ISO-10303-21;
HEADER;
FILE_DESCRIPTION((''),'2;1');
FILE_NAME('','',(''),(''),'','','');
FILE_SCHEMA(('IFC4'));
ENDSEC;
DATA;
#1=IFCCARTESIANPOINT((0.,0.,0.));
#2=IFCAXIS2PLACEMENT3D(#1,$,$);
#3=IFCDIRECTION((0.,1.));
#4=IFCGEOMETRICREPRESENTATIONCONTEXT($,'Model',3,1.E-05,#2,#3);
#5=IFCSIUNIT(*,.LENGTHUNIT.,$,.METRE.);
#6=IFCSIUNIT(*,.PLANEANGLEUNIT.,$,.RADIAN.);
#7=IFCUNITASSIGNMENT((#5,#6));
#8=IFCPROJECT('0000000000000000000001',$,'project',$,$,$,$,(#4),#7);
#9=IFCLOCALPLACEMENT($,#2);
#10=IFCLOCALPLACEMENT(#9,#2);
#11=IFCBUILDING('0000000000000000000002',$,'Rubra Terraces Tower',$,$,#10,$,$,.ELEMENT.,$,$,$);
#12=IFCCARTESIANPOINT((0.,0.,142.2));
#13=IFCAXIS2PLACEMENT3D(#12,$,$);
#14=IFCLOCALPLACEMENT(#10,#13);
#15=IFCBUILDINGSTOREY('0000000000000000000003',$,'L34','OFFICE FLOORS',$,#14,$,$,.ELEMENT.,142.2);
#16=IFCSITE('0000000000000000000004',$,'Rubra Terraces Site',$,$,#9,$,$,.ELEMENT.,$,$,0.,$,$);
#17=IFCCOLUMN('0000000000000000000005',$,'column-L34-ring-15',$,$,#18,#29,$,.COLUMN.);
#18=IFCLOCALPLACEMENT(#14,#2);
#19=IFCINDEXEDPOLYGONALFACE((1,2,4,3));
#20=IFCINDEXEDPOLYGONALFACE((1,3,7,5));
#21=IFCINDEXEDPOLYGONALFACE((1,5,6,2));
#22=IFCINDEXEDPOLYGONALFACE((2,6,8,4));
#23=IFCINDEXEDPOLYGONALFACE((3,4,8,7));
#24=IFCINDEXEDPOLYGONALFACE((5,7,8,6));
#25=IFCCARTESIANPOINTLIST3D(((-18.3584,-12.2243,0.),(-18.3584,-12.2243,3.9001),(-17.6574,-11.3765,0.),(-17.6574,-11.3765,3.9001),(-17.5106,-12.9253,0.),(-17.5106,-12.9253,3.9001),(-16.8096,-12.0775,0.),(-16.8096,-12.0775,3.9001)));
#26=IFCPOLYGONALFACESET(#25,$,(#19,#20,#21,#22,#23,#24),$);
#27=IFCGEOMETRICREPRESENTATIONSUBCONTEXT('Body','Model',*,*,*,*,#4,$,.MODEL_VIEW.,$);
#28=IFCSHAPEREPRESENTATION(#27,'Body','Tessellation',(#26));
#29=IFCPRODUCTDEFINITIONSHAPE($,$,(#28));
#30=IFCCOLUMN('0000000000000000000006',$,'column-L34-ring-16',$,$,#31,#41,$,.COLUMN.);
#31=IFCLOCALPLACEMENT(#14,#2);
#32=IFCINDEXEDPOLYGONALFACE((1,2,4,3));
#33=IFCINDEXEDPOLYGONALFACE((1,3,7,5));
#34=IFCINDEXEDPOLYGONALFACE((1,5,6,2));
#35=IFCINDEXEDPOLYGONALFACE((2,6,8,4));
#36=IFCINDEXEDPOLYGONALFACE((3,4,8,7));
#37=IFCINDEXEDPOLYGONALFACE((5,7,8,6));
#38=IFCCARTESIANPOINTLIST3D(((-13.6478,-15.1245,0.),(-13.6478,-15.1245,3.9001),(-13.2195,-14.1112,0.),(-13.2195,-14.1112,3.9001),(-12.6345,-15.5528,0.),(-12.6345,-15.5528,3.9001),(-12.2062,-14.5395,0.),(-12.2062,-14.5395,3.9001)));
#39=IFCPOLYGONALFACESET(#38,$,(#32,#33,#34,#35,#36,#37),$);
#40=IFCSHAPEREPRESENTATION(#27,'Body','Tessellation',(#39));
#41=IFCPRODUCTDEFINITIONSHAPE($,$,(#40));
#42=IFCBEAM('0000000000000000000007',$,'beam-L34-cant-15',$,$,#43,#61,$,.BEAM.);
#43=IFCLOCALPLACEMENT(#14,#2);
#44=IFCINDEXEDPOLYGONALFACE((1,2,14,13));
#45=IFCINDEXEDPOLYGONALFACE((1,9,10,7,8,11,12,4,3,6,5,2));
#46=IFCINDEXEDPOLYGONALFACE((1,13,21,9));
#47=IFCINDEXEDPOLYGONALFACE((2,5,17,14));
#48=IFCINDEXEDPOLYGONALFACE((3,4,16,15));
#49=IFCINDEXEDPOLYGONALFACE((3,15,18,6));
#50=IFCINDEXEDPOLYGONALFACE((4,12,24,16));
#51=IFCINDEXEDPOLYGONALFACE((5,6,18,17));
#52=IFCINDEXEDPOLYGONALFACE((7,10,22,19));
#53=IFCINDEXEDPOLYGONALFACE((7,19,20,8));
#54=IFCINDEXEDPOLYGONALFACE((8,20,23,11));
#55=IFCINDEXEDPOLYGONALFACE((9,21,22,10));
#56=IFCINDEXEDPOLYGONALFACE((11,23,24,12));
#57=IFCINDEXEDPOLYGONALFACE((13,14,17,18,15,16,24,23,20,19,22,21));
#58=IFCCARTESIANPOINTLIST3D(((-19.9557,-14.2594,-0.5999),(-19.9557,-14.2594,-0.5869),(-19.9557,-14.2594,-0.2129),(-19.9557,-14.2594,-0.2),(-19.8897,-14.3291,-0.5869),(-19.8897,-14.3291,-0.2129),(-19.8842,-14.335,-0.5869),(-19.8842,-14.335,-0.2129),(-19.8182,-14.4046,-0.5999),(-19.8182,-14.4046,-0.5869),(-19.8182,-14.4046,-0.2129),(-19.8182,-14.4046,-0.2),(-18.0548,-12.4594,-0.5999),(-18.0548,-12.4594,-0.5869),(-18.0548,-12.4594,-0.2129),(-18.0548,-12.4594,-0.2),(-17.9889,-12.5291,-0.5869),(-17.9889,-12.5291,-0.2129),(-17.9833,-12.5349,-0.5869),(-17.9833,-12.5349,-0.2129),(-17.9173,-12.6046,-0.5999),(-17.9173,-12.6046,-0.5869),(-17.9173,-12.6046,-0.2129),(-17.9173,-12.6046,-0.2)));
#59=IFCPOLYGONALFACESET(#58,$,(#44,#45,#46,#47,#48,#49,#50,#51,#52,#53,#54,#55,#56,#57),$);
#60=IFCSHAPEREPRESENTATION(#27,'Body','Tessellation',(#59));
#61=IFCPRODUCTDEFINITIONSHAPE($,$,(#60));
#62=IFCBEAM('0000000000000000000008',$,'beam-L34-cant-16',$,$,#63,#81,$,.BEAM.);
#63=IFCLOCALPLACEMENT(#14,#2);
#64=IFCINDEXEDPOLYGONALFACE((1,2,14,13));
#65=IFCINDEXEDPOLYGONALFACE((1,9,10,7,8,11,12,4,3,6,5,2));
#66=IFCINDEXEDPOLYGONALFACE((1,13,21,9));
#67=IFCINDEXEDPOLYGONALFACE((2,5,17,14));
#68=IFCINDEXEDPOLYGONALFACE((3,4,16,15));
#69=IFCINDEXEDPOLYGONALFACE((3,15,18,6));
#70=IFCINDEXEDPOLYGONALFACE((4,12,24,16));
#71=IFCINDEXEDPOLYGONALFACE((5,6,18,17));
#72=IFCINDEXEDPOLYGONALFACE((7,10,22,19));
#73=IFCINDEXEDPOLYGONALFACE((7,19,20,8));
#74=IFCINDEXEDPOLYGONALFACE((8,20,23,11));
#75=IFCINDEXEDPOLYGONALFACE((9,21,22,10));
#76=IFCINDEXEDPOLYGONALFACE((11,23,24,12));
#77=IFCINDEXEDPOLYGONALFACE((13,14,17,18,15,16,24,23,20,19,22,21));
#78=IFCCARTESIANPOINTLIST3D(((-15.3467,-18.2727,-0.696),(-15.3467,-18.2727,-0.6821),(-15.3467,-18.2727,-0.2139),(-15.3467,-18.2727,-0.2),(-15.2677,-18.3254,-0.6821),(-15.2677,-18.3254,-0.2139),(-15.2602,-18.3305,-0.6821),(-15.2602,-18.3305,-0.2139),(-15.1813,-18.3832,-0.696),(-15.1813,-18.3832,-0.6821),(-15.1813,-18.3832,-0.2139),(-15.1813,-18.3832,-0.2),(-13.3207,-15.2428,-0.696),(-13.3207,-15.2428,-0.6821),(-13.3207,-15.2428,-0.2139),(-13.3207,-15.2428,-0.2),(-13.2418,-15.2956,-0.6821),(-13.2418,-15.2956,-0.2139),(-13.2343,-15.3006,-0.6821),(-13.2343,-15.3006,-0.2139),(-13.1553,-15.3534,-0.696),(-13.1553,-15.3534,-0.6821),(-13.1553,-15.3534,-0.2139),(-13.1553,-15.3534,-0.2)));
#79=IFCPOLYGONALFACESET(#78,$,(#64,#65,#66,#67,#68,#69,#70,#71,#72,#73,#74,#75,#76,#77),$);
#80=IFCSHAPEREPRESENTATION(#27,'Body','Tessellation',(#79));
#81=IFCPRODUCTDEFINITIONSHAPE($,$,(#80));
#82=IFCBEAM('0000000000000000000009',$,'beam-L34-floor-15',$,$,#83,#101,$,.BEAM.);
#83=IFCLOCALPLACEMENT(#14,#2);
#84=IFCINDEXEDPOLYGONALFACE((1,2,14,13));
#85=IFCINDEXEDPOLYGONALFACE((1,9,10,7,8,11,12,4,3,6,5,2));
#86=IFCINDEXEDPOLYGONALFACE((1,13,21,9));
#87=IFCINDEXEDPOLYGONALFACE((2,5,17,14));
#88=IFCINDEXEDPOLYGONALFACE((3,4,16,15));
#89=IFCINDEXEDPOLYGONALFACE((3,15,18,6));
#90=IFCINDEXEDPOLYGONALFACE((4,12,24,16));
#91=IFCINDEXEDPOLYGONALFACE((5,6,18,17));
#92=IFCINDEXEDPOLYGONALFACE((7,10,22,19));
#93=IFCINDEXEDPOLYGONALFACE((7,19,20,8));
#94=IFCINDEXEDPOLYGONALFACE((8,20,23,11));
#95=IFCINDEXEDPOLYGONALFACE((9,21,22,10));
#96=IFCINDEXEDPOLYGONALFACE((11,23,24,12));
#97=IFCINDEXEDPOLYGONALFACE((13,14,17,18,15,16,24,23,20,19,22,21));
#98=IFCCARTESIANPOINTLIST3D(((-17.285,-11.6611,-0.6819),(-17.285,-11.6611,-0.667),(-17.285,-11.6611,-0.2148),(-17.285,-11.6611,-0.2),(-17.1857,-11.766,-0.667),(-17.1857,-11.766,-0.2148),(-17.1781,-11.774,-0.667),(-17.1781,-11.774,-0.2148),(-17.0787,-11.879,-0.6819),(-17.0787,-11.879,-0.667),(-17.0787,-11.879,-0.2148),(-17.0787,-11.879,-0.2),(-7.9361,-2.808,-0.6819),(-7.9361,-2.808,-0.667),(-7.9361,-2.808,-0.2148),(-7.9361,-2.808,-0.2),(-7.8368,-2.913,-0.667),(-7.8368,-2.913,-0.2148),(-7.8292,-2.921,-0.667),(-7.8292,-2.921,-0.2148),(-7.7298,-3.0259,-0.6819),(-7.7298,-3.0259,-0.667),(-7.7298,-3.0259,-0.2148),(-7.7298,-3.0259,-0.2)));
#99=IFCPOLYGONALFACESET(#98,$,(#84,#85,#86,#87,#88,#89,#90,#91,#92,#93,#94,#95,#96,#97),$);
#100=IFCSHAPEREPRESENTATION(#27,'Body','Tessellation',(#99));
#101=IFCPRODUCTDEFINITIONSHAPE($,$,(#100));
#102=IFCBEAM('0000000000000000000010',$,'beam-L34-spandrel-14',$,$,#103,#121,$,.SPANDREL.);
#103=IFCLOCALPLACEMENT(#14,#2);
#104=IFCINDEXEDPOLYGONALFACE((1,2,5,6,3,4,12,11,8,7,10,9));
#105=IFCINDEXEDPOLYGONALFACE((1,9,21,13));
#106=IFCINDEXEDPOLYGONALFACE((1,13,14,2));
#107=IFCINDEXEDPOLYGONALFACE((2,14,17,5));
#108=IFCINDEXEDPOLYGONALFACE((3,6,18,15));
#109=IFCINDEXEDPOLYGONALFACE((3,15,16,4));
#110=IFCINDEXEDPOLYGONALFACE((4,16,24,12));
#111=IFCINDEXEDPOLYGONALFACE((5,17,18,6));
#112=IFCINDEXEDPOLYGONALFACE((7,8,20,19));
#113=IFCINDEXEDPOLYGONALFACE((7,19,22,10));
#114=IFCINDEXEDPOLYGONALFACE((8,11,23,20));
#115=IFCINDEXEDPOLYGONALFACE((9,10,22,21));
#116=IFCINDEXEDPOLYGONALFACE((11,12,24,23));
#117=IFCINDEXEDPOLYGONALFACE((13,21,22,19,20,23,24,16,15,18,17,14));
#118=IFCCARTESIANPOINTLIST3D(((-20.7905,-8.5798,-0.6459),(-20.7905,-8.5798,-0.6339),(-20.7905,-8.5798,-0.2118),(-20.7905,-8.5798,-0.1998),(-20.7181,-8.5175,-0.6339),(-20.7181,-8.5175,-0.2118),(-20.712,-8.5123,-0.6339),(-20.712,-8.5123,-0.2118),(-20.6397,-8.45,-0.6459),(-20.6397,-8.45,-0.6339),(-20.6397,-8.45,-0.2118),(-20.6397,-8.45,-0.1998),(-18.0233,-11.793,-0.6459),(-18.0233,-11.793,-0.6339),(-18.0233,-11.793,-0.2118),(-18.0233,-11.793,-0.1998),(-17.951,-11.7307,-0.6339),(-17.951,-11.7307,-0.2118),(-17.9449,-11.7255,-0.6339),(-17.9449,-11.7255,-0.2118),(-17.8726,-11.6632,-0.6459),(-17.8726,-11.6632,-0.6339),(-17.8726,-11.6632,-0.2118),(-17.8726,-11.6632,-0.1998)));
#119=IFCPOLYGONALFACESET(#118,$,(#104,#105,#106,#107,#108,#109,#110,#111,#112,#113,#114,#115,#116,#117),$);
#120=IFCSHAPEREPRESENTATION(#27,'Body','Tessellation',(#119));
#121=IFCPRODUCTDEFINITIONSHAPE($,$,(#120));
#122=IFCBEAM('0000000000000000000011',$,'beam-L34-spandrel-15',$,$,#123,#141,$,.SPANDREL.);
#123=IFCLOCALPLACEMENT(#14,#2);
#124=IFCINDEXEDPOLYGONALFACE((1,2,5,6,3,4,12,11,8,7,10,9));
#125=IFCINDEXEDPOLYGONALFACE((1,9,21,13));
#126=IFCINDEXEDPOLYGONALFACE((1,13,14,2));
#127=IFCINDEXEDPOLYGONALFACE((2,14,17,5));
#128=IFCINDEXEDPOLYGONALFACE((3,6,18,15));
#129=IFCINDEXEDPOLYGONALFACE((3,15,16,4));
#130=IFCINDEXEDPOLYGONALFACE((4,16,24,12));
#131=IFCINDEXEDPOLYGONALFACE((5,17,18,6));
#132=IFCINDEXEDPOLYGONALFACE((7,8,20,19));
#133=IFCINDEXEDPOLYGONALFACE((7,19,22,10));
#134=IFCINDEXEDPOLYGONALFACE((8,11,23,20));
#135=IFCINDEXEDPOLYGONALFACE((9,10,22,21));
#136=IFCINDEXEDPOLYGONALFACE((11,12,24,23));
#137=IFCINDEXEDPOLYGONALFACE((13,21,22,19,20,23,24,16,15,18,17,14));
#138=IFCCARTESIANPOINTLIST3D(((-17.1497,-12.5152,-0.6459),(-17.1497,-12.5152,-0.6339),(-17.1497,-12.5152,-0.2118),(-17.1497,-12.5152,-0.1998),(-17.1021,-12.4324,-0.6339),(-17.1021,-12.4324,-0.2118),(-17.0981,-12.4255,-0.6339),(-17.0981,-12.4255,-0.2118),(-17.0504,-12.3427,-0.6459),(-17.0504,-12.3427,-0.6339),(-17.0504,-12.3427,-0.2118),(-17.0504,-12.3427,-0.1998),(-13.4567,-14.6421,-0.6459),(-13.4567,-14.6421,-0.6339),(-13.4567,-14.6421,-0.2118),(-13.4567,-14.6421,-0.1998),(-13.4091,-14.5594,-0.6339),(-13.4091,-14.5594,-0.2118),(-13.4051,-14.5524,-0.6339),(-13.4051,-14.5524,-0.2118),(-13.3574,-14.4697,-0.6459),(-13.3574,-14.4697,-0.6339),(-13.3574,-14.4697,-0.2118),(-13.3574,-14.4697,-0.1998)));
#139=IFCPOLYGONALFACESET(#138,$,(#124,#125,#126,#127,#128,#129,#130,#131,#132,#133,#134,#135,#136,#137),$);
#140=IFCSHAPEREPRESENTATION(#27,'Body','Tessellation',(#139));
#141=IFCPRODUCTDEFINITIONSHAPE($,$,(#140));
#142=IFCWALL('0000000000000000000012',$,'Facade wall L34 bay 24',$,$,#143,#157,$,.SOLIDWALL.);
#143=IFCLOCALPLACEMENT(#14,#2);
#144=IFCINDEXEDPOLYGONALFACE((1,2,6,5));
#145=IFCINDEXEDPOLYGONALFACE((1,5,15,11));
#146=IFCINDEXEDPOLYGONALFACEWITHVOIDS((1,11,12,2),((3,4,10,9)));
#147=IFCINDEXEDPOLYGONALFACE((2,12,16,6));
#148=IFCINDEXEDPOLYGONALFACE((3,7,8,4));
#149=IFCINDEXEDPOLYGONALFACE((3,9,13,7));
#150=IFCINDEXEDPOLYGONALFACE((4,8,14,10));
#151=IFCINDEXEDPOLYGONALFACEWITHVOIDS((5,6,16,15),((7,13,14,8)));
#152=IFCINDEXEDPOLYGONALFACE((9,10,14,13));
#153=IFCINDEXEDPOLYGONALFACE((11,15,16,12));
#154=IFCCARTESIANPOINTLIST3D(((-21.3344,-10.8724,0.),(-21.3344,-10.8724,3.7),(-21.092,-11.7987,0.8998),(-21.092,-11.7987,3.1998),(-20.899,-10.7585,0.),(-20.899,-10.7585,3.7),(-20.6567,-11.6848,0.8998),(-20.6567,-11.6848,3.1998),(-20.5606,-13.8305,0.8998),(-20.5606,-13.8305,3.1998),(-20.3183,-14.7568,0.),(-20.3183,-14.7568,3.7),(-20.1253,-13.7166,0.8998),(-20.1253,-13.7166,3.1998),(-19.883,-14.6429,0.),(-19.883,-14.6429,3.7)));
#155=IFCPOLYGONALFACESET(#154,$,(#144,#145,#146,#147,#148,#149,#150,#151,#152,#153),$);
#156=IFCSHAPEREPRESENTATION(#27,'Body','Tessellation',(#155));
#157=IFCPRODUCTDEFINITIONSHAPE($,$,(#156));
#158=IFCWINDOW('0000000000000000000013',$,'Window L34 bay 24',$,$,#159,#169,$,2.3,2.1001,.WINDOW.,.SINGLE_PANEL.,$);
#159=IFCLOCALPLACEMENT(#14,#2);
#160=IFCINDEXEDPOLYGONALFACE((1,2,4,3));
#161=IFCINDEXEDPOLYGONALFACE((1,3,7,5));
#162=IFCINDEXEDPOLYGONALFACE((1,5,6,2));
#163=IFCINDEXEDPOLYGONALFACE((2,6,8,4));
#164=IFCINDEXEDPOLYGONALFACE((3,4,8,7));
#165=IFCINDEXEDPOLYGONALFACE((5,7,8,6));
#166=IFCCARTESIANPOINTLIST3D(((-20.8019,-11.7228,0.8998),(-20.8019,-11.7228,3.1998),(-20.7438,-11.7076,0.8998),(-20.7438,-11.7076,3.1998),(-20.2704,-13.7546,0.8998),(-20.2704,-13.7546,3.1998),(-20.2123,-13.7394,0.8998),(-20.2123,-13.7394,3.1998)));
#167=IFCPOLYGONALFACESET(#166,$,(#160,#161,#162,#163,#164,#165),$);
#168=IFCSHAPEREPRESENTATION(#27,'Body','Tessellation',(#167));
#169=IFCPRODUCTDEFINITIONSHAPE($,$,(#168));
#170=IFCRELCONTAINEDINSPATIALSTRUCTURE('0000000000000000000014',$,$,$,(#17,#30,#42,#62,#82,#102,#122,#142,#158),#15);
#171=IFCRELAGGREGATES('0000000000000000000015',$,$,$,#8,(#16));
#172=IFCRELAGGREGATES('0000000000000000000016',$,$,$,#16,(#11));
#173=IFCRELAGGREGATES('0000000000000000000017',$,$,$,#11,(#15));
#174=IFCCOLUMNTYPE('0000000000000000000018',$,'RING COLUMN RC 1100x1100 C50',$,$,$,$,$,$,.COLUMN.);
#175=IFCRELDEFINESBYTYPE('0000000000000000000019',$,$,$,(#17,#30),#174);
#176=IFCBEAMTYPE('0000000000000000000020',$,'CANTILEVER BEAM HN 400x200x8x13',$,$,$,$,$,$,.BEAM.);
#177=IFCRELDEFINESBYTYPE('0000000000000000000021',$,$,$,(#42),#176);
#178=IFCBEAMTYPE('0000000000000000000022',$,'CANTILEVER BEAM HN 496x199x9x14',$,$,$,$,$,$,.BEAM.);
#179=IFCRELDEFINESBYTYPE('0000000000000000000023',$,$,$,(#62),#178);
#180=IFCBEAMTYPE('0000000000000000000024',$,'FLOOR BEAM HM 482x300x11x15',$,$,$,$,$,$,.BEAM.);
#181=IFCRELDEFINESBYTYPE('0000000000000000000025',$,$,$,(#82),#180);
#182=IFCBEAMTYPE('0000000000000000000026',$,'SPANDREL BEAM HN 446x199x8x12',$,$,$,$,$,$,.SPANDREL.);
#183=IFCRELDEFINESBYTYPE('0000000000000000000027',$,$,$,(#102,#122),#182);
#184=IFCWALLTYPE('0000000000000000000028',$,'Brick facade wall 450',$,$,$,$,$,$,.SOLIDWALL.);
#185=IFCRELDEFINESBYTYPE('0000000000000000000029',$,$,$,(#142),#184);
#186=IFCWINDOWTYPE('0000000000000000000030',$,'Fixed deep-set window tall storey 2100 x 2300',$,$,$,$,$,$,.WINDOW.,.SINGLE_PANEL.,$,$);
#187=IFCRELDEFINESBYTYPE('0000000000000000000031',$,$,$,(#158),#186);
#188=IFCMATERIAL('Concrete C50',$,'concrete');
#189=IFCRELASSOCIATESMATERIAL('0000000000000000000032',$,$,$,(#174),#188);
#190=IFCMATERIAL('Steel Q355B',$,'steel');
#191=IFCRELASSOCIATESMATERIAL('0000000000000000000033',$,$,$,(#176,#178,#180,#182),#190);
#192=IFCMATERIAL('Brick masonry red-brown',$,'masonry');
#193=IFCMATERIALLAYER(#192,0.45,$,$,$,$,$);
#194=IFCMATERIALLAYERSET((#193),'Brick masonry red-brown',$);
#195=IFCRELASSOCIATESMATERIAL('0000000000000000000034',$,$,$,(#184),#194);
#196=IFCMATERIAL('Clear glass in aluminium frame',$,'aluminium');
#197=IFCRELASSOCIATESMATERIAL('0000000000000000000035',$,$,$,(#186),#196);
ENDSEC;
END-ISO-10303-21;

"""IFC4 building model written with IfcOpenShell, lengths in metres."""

from ifc_helpers import new_model, si_unit, direction, frame, frame_2d, origin, origin_2d, place, context, subcontext, project, spatial, rectangle, i_section, extrude, material, layer, layer_set, material_profile, profile_set, type_object, element, fill, save


model = new_model("IFC4")

# Units and contexts
model_context = context("Model", 3, precision=1e-05, world=origin(), true_north=direction((0.0, 1.0)))
body_context = subcontext(model_context, "Body", "Model", "MODEL_VIEW")
ifc_project = project(units=[si_unit("LENGTHUNIT", "METRE"), si_unit("PLANEANGLEUNIT", "RADIAN")], contexts=[model_context])

# Site, building, storey
site_placement = place(None, origin())
site = spatial("IfcSite", under=ifc_project, at=site_placement, Name="Rubra Terraces Site", CompositionType="ELEMENT", RefElevation=0.0)
building_placement = place(site_placement, origin())
building = spatial("IfcBuilding", under=site, at=building_placement, Name="Rubra Terraces Tower", CompositionType="ELEMENT")
storey_placement = place(building_placement, frame((0.0, 0.0, 142.2)))
storey = spatial("IfcBuildingStorey", under=building, at=storey_placement, Name="L34", Description="OFFICE FLOORS", CompositionType="ELEMENT", Elevation=142.2)

# Columns
ifc_material_1 = material(Name="Concrete C50", Category="concrete")
ifc_material_profile_1 = material_profile(ifc_material_1, rectangle(XDim=1.1001, YDim=1.1001, at=origin_2d()), Name="RC 1100x1100")
ifc_profile_set_1 = profile_set([ifc_material_profile_1], Name="Concrete C50")
column_type = type_object("IfcColumnType", Name="RING COLUMN RC 1100x1100 C50", PredefinedType="COLUMN", material=ifc_profile_set_1)
for number, where, z_axis, x_axis, name in (
    (1, (-17.584, -12.1509, 0.0), (0.0, 0.0, 1.0), (0.770679, -0.637223, 0.0), "column-L34-ring-15"),
    (2, (-12.927, -14.832, 0.0), (0.0, 0.0, 1.0), (0.921106, -0.389313, 0.0), "column-L34-ring-16"),
):
    element("IfcColumn", number, at=place(storey_placement, frame(where, z_axis=z_axis, x_axis=x_axis)), inside=storey, type_object=column_type, Name=name, PredefinedType="COLUMN", context=body_context, shape_type="SweptSolid", body=[
        extrude(rectangle(XDim=1.1001, YDim=1.1001, at=origin_2d()), origin(), (0.0, 0.0, 1.0), 3.9001),
    ])

# Beams
ifc_material_2 = material(Name="Steel Q355B", Category="steel")
ifc_material_profile_2 = material_profile(ifc_material_2, i_section(OverallWidth=0.2, OverallDepth=0.3999, WebThickness=0.0081, FlangeThickness=0.0129, at=origin_2d()), Name="HN 400x200x8x13")
ifc_profile_set_2 = profile_set([ifc_material_profile_2], Name="Steel Q355B")
beam_type_1 = type_object("IfcBeamType", Name="CANTILEVER BEAM HN 400x200x8x13", PredefinedType="BEAM", material=ifc_profile_set_2)
beam_1_placement = place(storey_placement, frame((-17.9861, -12.532, -0.3999), z_axis=(-0.726102, -0.687587, 0.0), x_axis=(0.687587, -0.726102, 0.0)))
element("IfcBeam", 3, at=beam_1_placement, inside=storey, type_object=beam_type_1, Name="beam-L34-cant-15", PredefinedType="BEAM", context=body_context, shape_type="SweptSolid", body=[
    extrude(i_section(OverallWidth=0.2, OverallDepth=0.3999, WebThickness=0.0081, FlangeThickness=0.0129, at=origin_2d()), origin(), (0.0, 0.0, 1.0), 2.6179),
])
ifc_material_profile_3 = material_profile(ifc_material_2, i_section(OverallWidth=0.199, OverallDepth=0.4961, WebThickness=0.009, FlangeThickness=0.0139, at=origin_2d()), Name="HN 496x199x9x14")
ifc_profile_set_3 = profile_set([ifc_material_profile_3], Name="Steel Q355B")
beam_type_2 = type_object("IfcBeamType", Name="CANTILEVER BEAM HN 496x199x9x14", PredefinedType="BEAM", material=ifc_profile_set_3)
beam_2_placement = place(storey_placement, frame((-13.238, -15.2981, -0.448), z_axis=(-0.555844, -0.831287, 0.0), x_axis=(0.831287, -0.555844, 0.0)))
element("IfcBeam", 4, at=beam_2_placement, inside=storey, type_object=beam_type_2, Name="beam-L34-cant-16", PredefinedType="BEAM", context=body_context, shape_type="SweptSolid", body=[
    extrude(i_section(OverallWidth=0.199, OverallDepth=0.4961, WebThickness=0.009, FlangeThickness=0.0139, at=origin_2d()), origin(), (0.0, 0.0, 1.0), 3.6448),
])
ifc_material_profile_4 = material_profile(ifc_material_2, i_section(OverallWidth=0.3, OverallDepth=0.4819, WebThickness=0.011, FlangeThickness=0.0149, at=origin_2d()), Name="HM 482x300x11x15")
ifc_profile_set_4 = profile_set([ifc_material_profile_4], Name="Steel Q355B")
beam_type_3 = type_object("IfcBeamType", Name="FLOOR BEAM HM 482x300x11x15", PredefinedType="BEAM", material=ifc_profile_set_4)
beam_3_placement = place(storey_placement, frame((-17.1819, -11.77, -0.4409), z_axis=(0.7261, 0.687589, 0.0), x_axis=(-0.687589, 0.7261, 0.0)))
element("IfcBeam", 5, at=beam_3_placement, inside=storey, type_object=beam_type_3, Name="beam-L34-floor-15", PredefinedType="BEAM", context=body_context, shape_type="SweptSolid", body=[
    extrude(i_section(OverallWidth=0.3, OverallDepth=0.4819, WebThickness=0.011, FlangeThickness=0.0149, at=origin_2d()), origin(), (0.0, 0.0, 1.0), 12.8755),
])
ifc_material_profile_5 = material_profile(ifc_material_2, i_section(OverallWidth=0.199, OverallDepth=0.446, WebThickness=0.0081, FlangeThickness=0.012, at=origin_2d()), Name="HN 446x199x8x12")
ifc_profile_set_5 = profile_set([ifc_material_profile_5], Name="Steel Q355B")
beam_type_4 = type_object("IfcBeamType", Name="SPANDREL BEAM HN 446x199x8x12", PredefinedType="SPANDREL", material=ifc_profile_set_5)
beam_4_placement = place(storey_placement, frame((-20.7151, -8.5149, -0.4229), z_axis=(0.652553, -0.757743, 0.0), x_axis=(0.757743, 0.652553, 0.0)))
element("IfcBeam", 6, at=beam_4_placement, inside=storey, type_object=beam_type_4, Name="beam-L34-spandrel-14", PredefinedType="SPANDREL", context=body_context, shape_type="SweptSolid", body=[
    extrude(i_section(OverallWidth=0.199, OverallDepth=0.446, WebThickness=0.0081, FlangeThickness=0.012, at=origin_2d()), origin(), (0.0, 0.0, 1.0), 4.2405),
])
beam_5_placement = place(storey_placement, frame((-17.1001, -12.429, -0.4229), z_axis=(0.86656, -0.499073, 0.0), x_axis=(0.499073, 0.86656, 0.0)))
element("IfcBeam", 7, at=beam_5_placement, inside=storey, type_object=beam_type_4, Name="beam-L34-spandrel-15", PredefinedType="SPANDREL", context=body_context, shape_type="SweptSolid", body=[
    extrude(i_section(OverallWidth=0.199, OverallDepth=0.446, WebThickness=0.0081, FlangeThickness=0.012, at=origin_2d()), origin(), (0.0, 0.0, 1.0), 4.2617),
])

# Wall, opening, window
ifc_material_3 = material(Name="Brick masonry red-brown", Category="masonry")
ifc_layer_1 = layer(ifc_material_3, 0.45)
ifc_layer_set_1 = layer_set([ifc_layer_1], Name="Brick masonry red-brown")
wall_type_1 = type_object("IfcWallType", Name="Brick facade wall 450", PredefinedType="SOLIDWALL", material=ifc_layer_set_1)
wall_1_placement = place(storey_placement, frame((-21.1167, -10.8154, 0.0), z_axis=(0.0, 0.0, 1.0), x_axis=(0.253065, -0.967449, 0.0)))
wall_1 = element("IfcWall", 8, at=wall_1_placement, inside=storey, type_object=wall_type_1, Name="Facade wall L34 bay 24", PredefinedType="SOLIDWALL", context=body_context, shape_type="SweptSolid", body=[
    extrude(rectangle(XDim=4.0151, YDim=0.45, at=frame_2d((2.0076, 0.0))), origin(), (0.0, 0.0, 1.0), 3.7),
])
opening_1_placement = place(wall_1_placement, frame((0.9575, 0.0, 0.8999)))
opening_1 = element("IfcOpeningElement", 9, at=opening_1_placement, cuts=wall_1, PredefinedType="OPENING", context=body_context, shape_type="SweptSolid", body=[
    extrude(rectangle(XDim=2.1001, YDim=2.3, at=frame_2d((1.05, 1.1499))), frame((0.0, 0.2349, 0.0), z_axis=(0.0, -1.0, 0.0), x_axis=(1.0, 0.0, 0.0)), (0.0, 0.0, 1.0), 0.47),
])
ifc_material_4 = material(Name="Clear glass in aluminium frame", Category="aluminium")
window_type = type_object("IfcWindowType", Name="Fixed deep-set window tall storey 2100 x 2300", PartitioningType="SINGLE_PANEL", PredefinedType="WINDOW", material=ifc_material_4)
window_1_placement = place(opening_1_placement, origin())
window_1 = element("IfcWindow", 10, at=window_1_placement, inside=storey, type_object=window_type, Name="Window L34 bay 24", OverallHeight=2.3, OverallWidth=2.1001, PartitioningType="SINGLE_PANEL", PredefinedType="WINDOW", context=body_context, shape_type="SweptSolid", body=[
    extrude(rectangle(XDim=2.1001, YDim=2.3, at=frame_2d((1.05, 1.1499))), frame((0.0, 0.135, 0.0), z_axis=(0.0, -1.0, 0.0), x_axis=(1.0, 0.0, 0.0)), (0.0, 0.0, 1.0), 0.0601),
])
fill(opening_1, window_1)

save(model, "model.ifc")
